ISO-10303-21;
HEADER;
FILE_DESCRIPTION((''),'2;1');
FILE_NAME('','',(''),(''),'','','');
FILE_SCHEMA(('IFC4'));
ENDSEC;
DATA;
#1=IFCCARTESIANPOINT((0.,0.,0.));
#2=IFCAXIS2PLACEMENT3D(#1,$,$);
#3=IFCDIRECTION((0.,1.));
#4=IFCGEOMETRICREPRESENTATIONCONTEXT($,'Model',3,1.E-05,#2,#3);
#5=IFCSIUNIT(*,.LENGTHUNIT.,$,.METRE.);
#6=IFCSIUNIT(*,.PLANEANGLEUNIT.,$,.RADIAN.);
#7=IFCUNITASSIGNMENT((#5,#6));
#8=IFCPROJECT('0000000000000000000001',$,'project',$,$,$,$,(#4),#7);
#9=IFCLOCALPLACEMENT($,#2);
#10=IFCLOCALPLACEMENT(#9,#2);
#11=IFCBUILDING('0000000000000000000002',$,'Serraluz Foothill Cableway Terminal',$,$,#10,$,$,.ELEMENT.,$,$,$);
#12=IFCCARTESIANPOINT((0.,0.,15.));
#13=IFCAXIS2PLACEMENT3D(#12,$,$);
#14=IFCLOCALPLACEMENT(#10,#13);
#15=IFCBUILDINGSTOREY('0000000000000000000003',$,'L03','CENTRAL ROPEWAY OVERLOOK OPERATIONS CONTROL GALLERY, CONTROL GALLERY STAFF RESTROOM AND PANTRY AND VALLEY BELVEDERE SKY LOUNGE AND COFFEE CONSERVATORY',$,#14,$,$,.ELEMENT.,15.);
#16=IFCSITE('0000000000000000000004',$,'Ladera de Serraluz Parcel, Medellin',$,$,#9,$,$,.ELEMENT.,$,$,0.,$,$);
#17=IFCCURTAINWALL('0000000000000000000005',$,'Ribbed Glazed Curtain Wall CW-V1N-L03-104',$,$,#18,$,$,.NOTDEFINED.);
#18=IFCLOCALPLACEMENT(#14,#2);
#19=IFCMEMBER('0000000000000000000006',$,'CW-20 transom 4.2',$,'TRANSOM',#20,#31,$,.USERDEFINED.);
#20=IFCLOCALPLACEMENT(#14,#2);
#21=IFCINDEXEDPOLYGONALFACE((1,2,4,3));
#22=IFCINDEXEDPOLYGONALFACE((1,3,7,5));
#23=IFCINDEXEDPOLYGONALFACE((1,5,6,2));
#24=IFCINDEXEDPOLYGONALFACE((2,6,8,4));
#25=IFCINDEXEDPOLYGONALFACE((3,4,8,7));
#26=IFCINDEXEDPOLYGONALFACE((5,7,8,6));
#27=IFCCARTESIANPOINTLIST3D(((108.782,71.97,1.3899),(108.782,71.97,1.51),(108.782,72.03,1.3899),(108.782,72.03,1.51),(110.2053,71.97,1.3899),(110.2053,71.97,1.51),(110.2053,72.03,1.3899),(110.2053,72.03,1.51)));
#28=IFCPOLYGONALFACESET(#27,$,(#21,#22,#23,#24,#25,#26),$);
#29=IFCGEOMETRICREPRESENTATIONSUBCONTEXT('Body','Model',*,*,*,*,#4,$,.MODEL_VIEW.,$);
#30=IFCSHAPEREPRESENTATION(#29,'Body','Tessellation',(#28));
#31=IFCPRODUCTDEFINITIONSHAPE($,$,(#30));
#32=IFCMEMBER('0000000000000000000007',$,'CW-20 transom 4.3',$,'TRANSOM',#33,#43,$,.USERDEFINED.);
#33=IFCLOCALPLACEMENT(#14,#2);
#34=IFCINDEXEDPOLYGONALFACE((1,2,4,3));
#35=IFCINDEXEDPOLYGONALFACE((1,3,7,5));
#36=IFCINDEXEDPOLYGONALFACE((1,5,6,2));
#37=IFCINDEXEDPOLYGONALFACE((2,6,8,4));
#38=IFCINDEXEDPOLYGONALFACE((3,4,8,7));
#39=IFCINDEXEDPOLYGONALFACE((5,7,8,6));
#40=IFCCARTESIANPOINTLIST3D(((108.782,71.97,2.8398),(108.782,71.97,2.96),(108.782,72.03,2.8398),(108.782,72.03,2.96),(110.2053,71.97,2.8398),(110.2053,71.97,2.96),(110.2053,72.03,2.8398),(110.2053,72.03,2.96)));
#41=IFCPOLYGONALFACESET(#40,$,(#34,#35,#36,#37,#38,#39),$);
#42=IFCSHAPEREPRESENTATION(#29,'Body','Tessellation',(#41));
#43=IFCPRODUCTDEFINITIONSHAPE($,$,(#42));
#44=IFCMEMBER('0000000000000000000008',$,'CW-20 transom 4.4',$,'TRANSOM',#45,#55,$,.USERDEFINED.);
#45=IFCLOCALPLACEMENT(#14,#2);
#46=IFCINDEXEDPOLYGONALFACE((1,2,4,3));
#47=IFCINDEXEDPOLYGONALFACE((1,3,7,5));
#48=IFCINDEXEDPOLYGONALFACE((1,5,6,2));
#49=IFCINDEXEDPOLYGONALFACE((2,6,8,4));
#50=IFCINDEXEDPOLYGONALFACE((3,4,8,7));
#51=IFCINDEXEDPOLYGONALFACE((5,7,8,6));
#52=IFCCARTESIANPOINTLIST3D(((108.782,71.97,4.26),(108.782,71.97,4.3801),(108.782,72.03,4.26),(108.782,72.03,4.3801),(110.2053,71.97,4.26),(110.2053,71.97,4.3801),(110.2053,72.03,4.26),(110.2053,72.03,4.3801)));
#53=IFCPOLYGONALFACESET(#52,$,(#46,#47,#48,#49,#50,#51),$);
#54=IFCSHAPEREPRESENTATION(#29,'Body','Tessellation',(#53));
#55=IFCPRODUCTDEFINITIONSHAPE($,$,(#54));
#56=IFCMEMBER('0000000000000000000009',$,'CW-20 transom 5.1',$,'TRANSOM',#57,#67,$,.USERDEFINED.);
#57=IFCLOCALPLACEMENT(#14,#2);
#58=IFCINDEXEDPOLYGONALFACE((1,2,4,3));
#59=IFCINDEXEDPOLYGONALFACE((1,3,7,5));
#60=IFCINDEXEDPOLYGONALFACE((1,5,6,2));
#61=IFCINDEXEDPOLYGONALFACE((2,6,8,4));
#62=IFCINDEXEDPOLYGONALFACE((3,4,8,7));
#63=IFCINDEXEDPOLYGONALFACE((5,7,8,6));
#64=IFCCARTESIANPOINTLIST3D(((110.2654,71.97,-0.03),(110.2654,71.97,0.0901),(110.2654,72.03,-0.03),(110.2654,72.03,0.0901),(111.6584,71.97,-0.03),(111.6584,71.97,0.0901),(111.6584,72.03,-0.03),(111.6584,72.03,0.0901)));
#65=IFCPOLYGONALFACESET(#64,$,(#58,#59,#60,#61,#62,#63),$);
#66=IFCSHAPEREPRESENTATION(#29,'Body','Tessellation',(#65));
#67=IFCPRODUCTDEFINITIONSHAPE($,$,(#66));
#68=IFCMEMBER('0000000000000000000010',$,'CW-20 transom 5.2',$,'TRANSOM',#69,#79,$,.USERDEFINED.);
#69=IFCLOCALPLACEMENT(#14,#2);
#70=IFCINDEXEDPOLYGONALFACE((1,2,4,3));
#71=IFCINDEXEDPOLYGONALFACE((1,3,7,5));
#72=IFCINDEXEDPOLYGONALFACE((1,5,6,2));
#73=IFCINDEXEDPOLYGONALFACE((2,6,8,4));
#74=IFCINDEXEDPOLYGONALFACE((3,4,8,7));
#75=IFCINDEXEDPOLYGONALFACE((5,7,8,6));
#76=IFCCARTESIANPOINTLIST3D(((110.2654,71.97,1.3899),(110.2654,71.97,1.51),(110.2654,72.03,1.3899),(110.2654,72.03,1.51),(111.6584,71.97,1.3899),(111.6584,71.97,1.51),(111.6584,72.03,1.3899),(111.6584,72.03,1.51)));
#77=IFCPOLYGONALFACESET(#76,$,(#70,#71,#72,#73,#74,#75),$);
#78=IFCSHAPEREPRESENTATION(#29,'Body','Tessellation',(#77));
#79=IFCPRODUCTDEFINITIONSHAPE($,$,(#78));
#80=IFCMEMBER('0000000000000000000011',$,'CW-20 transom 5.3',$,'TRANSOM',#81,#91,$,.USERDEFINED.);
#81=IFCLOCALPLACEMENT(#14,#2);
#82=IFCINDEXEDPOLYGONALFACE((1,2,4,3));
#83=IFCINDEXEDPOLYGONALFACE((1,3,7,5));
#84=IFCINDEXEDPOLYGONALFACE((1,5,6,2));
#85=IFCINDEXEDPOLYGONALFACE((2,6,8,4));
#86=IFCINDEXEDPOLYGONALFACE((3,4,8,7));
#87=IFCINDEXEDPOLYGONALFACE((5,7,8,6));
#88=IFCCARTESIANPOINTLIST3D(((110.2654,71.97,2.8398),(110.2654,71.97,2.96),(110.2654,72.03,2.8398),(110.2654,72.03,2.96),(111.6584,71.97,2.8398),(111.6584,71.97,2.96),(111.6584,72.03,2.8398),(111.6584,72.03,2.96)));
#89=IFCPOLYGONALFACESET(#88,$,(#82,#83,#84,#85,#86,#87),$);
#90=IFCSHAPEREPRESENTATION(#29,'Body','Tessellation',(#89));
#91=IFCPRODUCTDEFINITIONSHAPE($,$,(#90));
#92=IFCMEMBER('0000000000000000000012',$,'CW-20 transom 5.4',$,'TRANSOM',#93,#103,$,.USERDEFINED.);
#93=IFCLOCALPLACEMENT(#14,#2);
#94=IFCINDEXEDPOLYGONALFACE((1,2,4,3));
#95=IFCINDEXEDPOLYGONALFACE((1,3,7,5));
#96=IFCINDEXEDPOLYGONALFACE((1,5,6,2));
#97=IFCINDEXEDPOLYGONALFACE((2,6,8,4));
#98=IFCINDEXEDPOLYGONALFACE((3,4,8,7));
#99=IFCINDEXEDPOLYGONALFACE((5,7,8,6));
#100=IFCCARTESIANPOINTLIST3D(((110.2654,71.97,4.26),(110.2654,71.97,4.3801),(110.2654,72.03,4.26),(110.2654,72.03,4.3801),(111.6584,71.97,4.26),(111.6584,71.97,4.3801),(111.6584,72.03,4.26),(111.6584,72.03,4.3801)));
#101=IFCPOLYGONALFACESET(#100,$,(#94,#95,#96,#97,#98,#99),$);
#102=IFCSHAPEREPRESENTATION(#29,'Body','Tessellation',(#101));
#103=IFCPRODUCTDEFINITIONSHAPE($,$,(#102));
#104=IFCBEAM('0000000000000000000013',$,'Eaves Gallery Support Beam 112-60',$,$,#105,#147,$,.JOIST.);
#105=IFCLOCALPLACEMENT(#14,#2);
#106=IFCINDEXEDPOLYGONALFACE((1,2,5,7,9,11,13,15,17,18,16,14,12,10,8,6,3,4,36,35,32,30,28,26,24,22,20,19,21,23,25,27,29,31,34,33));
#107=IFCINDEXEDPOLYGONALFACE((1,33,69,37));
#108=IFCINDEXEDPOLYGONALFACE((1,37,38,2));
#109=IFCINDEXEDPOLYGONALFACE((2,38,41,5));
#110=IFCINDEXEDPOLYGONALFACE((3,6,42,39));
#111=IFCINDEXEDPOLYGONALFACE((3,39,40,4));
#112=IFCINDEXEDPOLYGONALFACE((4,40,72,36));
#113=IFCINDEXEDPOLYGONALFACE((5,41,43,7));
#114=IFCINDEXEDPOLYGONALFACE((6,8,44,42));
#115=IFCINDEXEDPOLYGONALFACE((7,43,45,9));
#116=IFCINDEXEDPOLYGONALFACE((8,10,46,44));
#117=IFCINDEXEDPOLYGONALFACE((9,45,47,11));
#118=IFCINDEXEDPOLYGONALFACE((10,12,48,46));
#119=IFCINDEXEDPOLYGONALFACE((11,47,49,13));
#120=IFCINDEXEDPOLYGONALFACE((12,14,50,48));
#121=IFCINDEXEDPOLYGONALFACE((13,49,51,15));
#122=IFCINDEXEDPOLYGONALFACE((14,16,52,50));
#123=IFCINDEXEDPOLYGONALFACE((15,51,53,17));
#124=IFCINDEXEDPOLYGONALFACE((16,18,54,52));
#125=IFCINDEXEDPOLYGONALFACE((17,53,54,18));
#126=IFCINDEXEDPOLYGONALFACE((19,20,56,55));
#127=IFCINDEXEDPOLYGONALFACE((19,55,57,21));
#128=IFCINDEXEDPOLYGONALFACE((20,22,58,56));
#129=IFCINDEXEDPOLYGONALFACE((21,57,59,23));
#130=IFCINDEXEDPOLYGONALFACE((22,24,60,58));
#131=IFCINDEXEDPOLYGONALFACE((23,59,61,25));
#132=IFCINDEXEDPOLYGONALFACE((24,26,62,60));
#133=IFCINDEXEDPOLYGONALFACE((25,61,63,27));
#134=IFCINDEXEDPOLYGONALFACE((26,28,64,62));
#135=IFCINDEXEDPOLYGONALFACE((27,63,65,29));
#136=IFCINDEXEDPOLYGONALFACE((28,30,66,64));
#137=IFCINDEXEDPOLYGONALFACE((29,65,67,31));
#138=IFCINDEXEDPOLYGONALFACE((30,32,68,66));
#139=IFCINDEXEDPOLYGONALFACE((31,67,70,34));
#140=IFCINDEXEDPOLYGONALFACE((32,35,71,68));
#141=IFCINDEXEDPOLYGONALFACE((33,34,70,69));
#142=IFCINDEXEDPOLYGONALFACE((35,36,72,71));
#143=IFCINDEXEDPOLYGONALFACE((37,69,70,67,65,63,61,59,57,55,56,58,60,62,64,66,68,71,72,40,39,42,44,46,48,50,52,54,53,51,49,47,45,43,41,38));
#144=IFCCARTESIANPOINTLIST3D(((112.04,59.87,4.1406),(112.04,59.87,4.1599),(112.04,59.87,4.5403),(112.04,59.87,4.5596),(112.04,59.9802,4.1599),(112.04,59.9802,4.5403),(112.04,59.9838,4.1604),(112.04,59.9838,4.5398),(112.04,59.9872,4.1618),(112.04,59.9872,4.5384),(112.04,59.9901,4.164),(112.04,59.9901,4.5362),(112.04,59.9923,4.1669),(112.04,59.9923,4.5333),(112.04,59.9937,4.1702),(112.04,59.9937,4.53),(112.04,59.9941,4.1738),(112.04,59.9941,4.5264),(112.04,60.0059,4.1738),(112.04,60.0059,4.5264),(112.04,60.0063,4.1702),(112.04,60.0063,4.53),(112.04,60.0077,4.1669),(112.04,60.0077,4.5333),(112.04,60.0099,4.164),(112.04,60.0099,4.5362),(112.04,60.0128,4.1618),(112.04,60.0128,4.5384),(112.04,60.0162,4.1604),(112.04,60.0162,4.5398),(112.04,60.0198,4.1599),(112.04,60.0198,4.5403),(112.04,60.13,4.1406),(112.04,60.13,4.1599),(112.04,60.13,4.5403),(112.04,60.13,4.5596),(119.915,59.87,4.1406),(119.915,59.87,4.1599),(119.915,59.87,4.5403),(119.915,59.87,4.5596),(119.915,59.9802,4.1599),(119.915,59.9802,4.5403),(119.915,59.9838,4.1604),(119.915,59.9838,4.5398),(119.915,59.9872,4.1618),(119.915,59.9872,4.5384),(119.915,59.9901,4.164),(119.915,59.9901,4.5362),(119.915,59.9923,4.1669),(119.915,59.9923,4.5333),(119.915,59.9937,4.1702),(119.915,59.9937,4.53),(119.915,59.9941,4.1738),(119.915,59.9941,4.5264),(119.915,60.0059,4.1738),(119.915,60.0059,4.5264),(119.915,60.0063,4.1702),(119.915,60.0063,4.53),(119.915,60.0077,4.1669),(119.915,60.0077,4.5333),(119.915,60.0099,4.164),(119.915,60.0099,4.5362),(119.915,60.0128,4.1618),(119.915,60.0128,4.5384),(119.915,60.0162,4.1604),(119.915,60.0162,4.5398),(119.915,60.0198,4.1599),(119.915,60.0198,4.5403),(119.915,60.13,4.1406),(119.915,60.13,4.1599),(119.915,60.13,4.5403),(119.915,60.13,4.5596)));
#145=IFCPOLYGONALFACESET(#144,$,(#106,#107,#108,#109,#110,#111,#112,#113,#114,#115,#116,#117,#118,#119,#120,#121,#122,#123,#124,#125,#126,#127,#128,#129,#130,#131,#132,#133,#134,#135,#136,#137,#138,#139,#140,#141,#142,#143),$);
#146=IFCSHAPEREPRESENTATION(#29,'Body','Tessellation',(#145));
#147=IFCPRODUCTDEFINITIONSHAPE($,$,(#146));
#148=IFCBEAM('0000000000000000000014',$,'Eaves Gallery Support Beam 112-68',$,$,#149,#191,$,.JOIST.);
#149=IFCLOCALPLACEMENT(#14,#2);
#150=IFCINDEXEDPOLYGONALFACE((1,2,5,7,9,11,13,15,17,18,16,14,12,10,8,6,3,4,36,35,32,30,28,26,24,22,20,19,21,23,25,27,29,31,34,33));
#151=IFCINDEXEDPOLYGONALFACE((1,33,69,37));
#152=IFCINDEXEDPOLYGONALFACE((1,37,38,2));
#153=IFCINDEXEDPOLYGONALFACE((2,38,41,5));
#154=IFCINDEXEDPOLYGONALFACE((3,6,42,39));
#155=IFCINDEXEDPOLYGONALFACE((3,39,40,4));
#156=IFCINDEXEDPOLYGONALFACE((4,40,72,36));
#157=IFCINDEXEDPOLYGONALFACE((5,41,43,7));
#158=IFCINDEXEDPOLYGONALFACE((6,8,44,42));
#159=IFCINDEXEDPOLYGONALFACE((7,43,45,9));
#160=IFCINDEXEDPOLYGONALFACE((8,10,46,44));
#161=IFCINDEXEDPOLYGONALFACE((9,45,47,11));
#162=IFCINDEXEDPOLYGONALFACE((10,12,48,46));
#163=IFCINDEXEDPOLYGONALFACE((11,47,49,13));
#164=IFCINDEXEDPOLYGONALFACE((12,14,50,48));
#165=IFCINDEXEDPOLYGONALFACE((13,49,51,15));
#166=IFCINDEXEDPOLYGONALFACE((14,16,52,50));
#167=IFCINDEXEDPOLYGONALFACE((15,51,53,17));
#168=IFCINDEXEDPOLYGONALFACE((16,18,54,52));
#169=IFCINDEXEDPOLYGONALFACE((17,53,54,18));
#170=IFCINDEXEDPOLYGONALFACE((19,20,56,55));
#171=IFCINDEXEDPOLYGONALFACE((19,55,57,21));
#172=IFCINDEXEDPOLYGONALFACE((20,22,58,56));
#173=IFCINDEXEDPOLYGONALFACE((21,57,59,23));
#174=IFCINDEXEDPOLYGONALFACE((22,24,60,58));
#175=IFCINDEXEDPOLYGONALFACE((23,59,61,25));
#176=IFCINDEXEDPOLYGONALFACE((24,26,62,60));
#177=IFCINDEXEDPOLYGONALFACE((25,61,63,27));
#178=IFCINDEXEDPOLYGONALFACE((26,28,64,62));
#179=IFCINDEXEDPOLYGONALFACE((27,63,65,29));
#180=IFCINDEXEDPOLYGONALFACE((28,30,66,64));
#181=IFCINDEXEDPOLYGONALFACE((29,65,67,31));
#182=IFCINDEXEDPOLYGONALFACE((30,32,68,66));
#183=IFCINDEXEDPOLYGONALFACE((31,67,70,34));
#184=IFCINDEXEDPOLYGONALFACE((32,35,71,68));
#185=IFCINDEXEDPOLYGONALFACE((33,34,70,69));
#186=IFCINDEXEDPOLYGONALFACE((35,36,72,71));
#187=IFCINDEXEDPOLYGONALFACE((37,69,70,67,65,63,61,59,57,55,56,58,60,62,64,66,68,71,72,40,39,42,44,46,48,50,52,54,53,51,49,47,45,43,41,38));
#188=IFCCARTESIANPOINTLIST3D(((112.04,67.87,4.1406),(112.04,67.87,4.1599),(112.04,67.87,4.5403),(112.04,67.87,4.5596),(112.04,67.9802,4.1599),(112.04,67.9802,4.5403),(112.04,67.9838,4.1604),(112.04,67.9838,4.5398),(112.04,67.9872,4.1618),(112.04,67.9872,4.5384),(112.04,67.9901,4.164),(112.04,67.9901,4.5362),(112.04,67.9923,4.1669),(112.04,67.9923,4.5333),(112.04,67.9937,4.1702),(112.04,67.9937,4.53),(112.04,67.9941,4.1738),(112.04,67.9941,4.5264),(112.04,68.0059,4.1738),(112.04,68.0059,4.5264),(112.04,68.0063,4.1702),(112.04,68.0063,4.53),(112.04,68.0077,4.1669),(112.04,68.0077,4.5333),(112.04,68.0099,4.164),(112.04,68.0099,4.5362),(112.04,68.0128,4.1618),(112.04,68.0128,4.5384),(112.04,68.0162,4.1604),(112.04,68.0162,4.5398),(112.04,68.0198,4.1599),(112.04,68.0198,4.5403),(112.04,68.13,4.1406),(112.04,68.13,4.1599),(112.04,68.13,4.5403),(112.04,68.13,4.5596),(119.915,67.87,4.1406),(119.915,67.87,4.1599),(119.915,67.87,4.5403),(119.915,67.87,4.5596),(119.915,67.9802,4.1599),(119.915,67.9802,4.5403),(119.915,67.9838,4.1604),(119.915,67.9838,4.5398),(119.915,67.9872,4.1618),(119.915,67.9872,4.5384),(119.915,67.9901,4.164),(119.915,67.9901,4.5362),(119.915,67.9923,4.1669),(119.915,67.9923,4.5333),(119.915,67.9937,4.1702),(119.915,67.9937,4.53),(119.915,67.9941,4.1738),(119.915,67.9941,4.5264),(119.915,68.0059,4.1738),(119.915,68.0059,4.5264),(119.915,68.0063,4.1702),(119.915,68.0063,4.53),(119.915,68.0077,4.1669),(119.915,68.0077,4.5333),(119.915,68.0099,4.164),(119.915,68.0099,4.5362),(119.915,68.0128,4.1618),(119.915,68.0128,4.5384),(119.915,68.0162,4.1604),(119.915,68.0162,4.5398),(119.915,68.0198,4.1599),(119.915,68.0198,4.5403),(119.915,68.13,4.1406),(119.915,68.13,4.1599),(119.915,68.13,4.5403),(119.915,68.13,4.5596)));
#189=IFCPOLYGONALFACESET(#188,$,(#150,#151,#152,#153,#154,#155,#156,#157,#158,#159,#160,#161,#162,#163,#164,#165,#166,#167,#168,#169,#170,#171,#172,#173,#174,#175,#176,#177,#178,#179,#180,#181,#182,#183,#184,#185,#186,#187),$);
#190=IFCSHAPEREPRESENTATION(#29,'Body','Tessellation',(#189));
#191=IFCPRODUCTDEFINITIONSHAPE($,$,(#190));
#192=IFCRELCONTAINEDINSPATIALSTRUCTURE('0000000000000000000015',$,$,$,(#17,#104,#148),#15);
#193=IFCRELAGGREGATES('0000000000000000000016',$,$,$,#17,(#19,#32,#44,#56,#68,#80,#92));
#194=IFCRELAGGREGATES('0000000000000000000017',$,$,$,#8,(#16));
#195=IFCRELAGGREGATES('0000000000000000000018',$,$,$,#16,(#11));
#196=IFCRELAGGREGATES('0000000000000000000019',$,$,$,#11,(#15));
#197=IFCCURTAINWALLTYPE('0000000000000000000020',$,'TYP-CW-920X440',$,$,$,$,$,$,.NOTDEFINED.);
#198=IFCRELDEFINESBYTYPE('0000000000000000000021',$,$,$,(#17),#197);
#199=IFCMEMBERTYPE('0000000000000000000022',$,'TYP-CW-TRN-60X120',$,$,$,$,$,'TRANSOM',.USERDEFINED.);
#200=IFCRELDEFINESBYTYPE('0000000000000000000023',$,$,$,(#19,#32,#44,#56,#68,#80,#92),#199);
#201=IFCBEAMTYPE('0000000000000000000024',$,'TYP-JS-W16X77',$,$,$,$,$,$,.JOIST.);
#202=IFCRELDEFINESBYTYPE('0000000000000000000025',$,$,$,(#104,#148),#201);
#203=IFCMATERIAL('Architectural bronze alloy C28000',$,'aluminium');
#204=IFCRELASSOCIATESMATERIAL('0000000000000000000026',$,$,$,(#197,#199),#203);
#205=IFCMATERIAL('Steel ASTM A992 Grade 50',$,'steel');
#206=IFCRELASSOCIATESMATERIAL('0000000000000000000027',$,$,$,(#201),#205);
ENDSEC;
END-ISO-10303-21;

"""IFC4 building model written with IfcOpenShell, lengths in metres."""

from ifc_helpers import new_model, si_unit, direction, frame, origin, origin_2d, place, context, subcontext, project, spatial, rectangle, i_section, extrude, material, material_profile, profile_set, type_object, element, aggregate, save


model = new_model("IFC4")

# Units and contexts
model_context = context("Model", 3, precision=1e-05, world=origin(), true_north=direction((0.0, 1.0)))
body_context = subcontext(model_context, "Body", "Model", "MODEL_VIEW")
ifc_project = project(units=[si_unit("LENGTHUNIT", "METRE"), si_unit("PLANEANGLEUNIT", "RADIAN")], contexts=[model_context])

# Site, building, storey
site_placement = place(None, origin())
site = spatial("IfcSite", under=ifc_project, at=site_placement, Name="Ladera de Serraluz Parcel, Medellin", CompositionType="ELEMENT", RefElevation=0.0)
building_placement = place(site_placement, origin())
building = spatial("IfcBuilding", under=site, at=building_placement, Name="Serraluz Foothill Cableway Terminal", CompositionType="ELEMENT")
storey_placement = place(building_placement, frame((0.0, 0.0, 15.0)))
storey = spatial("IfcBuildingStorey", under=building, at=storey_placement, Name="L03", Description="CENTRAL ROPEWAY OVERLOOK OPERATIONS CONTROL GALLERY, CONTROL GALLERY STAFF RESTROOM AND PANTRY AND VALLEY BELVEDERE SKY LOUNGE AND COFFEE CONSERVATORY", CompositionType="ELEMENT", Elevation=15.0)

# Curtain wall, members
ifc_material_1 = material(Name="Architectural bronze alloy C28000", Category="aluminium")
curtain_wall_type = type_object("IfcCurtainWallType", Name="TYP-CW-920X440", PredefinedType="NOTDEFINED", material=ifc_material_1)
curtain_wall_placement = place(storey_placement, origin())
curtain_wall = element("IfcCurtainWall", 1, at=curtain_wall_placement, inside=storey, type_object=curtain_wall_type, Name="Ribbed Glazed Curtain Wall CW-V1N-L03-104", PredefinedType="NOTDEFINED")
ifc_material_profile_1 = material_profile(ifc_material_1, rectangle(XDim=0.0601, YDim=0.1201, at=origin_2d()), Name="ALU TRANSOM 60x120")
ifc_profile_set_1 = profile_set([ifc_material_profile_1], Name="Architectural bronze alloy C28000")
member_type_1 = type_object("IfcMemberType", Name="TYP-CW-TRN-60X120", ElementType="TRANSOM", PredefinedType="USERDEFINED", material=ifc_profile_set_1)
member_1_placement = place(storey_placement, frame((108.782, 72.0, 1.45), z_axis=(1.0, 0.0, 0.0), x_axis=(0.0, 1.0, 0.0)))
member_1 = element("IfcMember", 2, at=member_1_placement, type_object=member_type_1, Name="CW-20 transom 4.2", ObjectType="TRANSOM", PredefinedType="USERDEFINED", context=body_context, shape_type="SweptSolid", body=[
    extrude(rectangle(XDim=0.0601, YDim=0.1201, at=origin_2d()), origin(), (0.0, 0.0, 1.0), 1.4233),
])
member_2_placement = place(storey_placement, frame((108.782, 72.0, 2.8999), z_axis=(1.0, 0.0, 0.0), x_axis=(0.0, 1.0, 0.0)))
member_2 = element("IfcMember", 3, at=member_2_placement, type_object=member_type_1, Name="CW-20 transom 4.3", ObjectType="TRANSOM", PredefinedType="USERDEFINED", context=body_context, shape_type="SweptSolid", body=[
    extrude(rectangle(XDim=0.0601, YDim=0.1201, at=origin_2d()), origin(), (0.0, 0.0, 1.0), 1.4233),
])
member_3_placement = place(storey_placement, frame((108.782, 72.0, 4.3201), z_axis=(1.0, 0.0, 0.0), x_axis=(0.0, 1.0, 0.0)))
member_3 = element("IfcMember", 4, at=member_3_placement, type_object=member_type_1, Name="CW-20 transom 4.4", ObjectType="TRANSOM", PredefinedType="USERDEFINED", context=body_context, shape_type="SweptSolid", body=[
    extrude(rectangle(XDim=0.0601, YDim=0.1201, at=origin_2d()), origin(), (0.0, 0.0, 1.0), 1.4233),
])
member_4_placement = place(storey_placement, frame((110.2654, 72.0, 0.03), z_axis=(1.0, 0.0, 0.0), x_axis=(0.0, 1.0, 0.0)))
member_4 = element("IfcMember", 5, at=member_4_placement, type_object=member_type_1, Name="CW-20 transom 5.1", ObjectType="TRANSOM", PredefinedType="USERDEFINED", context=body_context, shape_type="SweptSolid", body=[
    extrude(rectangle(XDim=0.0601, YDim=0.1201, at=origin_2d()), origin(), (0.0, 0.0, 1.0), 1.3931),
])
member_5_placement = place(storey_placement, frame((110.2654, 72.0, 1.45), z_axis=(1.0, 0.0, 0.0), x_axis=(0.0, 1.0, 0.0)))
member_5 = element("IfcMember", 6, at=member_5_placement, type_object=member_type_1, Name="CW-20 transom 5.2", ObjectType="TRANSOM", PredefinedType="USERDEFINED", context=body_context, shape_type="SweptSolid", body=[
    extrude(rectangle(XDim=0.0601, YDim=0.1201, at=origin_2d()), origin(), (0.0, 0.0, 1.0), 1.3931),
])
member_6_placement = place(storey_placement, frame((110.2654, 72.0, 2.8999), z_axis=(1.0, 0.0, 0.0), x_axis=(0.0, 1.0, 0.0)))
member_6 = element("IfcMember", 7, at=member_6_placement, type_object=member_type_1, Name="CW-20 transom 5.3", ObjectType="TRANSOM", PredefinedType="USERDEFINED", context=body_context, shape_type="SweptSolid", body=[
    extrude(rectangle(XDim=0.0601, YDim=0.1201, at=origin_2d()), origin(), (0.0, 0.0, 1.0), 1.3931),
])
member_7_placement = place(storey_placement, frame((110.2654, 72.0, 4.3201), z_axis=(1.0, 0.0, 0.0), x_axis=(0.0, 1.0, 0.0)))
member_7 = element("IfcMember", 8, at=member_7_placement, type_object=member_type_1, Name="CW-20 transom 5.4", ObjectType="TRANSOM", PredefinedType="USERDEFINED", context=body_context, shape_type="SweptSolid", body=[
    extrude(rectangle(XDim=0.0601, YDim=0.1201, at=origin_2d()), origin(), (0.0, 0.0, 1.0), 1.3931),
])

# Beams
ifc_material_2 = material(Name="Steel ASTM A992 Grade 50", Category="steel")
ifc_material_profile_2 = material_profile(ifc_material_2, i_section(OverallWidth=0.26, OverallDepth=0.4189, WebThickness=0.0117, FlangeThickness=0.0193, FilletRadius=0.0139, at=origin_2d()), Name="W16X77")
ifc_profile_set_2 = profile_set([ifc_material_profile_2], Name="Steel ASTM A992 Grade 50")
beam_type_1 = type_object("IfcBeamType", Name="TYP-JS-W16X77", PredefinedType="JOIST", material=ifc_profile_set_2)
for number, where, z_axis, x_axis, name in (
    (9, (112.04, 60.0, 4.3501), (1.0, 0.0, 0.0), (0.0, 1.0, 0.0), "Eaves Gallery Support Beam 112-60"),
    (10, (112.04, 68.0, 4.3501), (1.0, 0.0, 0.0), (0.0, 1.0, 0.0), "Eaves Gallery Support Beam 112-68"),
):
    element("IfcBeam", number, at=place(storey_placement, frame(where, z_axis=z_axis, x_axis=x_axis)), inside=storey, type_object=beam_type_1, Name=name, PredefinedType="JOIST", context=body_context, shape_type="SweptSolid", body=[
        extrude(i_section(OverallWidth=0.26, OverallDepth=0.4189, WebThickness=0.0117, FlangeThickness=0.0193, FilletRadius=0.0139, at=origin_2d()), origin(), (0.0, 0.0, 1.0), 7.875),
    ])

aggregate(curtain_wall, [member_1, member_2, member_3, member_4, member_5, member_6, member_7])

save(model, "model.ifc")
